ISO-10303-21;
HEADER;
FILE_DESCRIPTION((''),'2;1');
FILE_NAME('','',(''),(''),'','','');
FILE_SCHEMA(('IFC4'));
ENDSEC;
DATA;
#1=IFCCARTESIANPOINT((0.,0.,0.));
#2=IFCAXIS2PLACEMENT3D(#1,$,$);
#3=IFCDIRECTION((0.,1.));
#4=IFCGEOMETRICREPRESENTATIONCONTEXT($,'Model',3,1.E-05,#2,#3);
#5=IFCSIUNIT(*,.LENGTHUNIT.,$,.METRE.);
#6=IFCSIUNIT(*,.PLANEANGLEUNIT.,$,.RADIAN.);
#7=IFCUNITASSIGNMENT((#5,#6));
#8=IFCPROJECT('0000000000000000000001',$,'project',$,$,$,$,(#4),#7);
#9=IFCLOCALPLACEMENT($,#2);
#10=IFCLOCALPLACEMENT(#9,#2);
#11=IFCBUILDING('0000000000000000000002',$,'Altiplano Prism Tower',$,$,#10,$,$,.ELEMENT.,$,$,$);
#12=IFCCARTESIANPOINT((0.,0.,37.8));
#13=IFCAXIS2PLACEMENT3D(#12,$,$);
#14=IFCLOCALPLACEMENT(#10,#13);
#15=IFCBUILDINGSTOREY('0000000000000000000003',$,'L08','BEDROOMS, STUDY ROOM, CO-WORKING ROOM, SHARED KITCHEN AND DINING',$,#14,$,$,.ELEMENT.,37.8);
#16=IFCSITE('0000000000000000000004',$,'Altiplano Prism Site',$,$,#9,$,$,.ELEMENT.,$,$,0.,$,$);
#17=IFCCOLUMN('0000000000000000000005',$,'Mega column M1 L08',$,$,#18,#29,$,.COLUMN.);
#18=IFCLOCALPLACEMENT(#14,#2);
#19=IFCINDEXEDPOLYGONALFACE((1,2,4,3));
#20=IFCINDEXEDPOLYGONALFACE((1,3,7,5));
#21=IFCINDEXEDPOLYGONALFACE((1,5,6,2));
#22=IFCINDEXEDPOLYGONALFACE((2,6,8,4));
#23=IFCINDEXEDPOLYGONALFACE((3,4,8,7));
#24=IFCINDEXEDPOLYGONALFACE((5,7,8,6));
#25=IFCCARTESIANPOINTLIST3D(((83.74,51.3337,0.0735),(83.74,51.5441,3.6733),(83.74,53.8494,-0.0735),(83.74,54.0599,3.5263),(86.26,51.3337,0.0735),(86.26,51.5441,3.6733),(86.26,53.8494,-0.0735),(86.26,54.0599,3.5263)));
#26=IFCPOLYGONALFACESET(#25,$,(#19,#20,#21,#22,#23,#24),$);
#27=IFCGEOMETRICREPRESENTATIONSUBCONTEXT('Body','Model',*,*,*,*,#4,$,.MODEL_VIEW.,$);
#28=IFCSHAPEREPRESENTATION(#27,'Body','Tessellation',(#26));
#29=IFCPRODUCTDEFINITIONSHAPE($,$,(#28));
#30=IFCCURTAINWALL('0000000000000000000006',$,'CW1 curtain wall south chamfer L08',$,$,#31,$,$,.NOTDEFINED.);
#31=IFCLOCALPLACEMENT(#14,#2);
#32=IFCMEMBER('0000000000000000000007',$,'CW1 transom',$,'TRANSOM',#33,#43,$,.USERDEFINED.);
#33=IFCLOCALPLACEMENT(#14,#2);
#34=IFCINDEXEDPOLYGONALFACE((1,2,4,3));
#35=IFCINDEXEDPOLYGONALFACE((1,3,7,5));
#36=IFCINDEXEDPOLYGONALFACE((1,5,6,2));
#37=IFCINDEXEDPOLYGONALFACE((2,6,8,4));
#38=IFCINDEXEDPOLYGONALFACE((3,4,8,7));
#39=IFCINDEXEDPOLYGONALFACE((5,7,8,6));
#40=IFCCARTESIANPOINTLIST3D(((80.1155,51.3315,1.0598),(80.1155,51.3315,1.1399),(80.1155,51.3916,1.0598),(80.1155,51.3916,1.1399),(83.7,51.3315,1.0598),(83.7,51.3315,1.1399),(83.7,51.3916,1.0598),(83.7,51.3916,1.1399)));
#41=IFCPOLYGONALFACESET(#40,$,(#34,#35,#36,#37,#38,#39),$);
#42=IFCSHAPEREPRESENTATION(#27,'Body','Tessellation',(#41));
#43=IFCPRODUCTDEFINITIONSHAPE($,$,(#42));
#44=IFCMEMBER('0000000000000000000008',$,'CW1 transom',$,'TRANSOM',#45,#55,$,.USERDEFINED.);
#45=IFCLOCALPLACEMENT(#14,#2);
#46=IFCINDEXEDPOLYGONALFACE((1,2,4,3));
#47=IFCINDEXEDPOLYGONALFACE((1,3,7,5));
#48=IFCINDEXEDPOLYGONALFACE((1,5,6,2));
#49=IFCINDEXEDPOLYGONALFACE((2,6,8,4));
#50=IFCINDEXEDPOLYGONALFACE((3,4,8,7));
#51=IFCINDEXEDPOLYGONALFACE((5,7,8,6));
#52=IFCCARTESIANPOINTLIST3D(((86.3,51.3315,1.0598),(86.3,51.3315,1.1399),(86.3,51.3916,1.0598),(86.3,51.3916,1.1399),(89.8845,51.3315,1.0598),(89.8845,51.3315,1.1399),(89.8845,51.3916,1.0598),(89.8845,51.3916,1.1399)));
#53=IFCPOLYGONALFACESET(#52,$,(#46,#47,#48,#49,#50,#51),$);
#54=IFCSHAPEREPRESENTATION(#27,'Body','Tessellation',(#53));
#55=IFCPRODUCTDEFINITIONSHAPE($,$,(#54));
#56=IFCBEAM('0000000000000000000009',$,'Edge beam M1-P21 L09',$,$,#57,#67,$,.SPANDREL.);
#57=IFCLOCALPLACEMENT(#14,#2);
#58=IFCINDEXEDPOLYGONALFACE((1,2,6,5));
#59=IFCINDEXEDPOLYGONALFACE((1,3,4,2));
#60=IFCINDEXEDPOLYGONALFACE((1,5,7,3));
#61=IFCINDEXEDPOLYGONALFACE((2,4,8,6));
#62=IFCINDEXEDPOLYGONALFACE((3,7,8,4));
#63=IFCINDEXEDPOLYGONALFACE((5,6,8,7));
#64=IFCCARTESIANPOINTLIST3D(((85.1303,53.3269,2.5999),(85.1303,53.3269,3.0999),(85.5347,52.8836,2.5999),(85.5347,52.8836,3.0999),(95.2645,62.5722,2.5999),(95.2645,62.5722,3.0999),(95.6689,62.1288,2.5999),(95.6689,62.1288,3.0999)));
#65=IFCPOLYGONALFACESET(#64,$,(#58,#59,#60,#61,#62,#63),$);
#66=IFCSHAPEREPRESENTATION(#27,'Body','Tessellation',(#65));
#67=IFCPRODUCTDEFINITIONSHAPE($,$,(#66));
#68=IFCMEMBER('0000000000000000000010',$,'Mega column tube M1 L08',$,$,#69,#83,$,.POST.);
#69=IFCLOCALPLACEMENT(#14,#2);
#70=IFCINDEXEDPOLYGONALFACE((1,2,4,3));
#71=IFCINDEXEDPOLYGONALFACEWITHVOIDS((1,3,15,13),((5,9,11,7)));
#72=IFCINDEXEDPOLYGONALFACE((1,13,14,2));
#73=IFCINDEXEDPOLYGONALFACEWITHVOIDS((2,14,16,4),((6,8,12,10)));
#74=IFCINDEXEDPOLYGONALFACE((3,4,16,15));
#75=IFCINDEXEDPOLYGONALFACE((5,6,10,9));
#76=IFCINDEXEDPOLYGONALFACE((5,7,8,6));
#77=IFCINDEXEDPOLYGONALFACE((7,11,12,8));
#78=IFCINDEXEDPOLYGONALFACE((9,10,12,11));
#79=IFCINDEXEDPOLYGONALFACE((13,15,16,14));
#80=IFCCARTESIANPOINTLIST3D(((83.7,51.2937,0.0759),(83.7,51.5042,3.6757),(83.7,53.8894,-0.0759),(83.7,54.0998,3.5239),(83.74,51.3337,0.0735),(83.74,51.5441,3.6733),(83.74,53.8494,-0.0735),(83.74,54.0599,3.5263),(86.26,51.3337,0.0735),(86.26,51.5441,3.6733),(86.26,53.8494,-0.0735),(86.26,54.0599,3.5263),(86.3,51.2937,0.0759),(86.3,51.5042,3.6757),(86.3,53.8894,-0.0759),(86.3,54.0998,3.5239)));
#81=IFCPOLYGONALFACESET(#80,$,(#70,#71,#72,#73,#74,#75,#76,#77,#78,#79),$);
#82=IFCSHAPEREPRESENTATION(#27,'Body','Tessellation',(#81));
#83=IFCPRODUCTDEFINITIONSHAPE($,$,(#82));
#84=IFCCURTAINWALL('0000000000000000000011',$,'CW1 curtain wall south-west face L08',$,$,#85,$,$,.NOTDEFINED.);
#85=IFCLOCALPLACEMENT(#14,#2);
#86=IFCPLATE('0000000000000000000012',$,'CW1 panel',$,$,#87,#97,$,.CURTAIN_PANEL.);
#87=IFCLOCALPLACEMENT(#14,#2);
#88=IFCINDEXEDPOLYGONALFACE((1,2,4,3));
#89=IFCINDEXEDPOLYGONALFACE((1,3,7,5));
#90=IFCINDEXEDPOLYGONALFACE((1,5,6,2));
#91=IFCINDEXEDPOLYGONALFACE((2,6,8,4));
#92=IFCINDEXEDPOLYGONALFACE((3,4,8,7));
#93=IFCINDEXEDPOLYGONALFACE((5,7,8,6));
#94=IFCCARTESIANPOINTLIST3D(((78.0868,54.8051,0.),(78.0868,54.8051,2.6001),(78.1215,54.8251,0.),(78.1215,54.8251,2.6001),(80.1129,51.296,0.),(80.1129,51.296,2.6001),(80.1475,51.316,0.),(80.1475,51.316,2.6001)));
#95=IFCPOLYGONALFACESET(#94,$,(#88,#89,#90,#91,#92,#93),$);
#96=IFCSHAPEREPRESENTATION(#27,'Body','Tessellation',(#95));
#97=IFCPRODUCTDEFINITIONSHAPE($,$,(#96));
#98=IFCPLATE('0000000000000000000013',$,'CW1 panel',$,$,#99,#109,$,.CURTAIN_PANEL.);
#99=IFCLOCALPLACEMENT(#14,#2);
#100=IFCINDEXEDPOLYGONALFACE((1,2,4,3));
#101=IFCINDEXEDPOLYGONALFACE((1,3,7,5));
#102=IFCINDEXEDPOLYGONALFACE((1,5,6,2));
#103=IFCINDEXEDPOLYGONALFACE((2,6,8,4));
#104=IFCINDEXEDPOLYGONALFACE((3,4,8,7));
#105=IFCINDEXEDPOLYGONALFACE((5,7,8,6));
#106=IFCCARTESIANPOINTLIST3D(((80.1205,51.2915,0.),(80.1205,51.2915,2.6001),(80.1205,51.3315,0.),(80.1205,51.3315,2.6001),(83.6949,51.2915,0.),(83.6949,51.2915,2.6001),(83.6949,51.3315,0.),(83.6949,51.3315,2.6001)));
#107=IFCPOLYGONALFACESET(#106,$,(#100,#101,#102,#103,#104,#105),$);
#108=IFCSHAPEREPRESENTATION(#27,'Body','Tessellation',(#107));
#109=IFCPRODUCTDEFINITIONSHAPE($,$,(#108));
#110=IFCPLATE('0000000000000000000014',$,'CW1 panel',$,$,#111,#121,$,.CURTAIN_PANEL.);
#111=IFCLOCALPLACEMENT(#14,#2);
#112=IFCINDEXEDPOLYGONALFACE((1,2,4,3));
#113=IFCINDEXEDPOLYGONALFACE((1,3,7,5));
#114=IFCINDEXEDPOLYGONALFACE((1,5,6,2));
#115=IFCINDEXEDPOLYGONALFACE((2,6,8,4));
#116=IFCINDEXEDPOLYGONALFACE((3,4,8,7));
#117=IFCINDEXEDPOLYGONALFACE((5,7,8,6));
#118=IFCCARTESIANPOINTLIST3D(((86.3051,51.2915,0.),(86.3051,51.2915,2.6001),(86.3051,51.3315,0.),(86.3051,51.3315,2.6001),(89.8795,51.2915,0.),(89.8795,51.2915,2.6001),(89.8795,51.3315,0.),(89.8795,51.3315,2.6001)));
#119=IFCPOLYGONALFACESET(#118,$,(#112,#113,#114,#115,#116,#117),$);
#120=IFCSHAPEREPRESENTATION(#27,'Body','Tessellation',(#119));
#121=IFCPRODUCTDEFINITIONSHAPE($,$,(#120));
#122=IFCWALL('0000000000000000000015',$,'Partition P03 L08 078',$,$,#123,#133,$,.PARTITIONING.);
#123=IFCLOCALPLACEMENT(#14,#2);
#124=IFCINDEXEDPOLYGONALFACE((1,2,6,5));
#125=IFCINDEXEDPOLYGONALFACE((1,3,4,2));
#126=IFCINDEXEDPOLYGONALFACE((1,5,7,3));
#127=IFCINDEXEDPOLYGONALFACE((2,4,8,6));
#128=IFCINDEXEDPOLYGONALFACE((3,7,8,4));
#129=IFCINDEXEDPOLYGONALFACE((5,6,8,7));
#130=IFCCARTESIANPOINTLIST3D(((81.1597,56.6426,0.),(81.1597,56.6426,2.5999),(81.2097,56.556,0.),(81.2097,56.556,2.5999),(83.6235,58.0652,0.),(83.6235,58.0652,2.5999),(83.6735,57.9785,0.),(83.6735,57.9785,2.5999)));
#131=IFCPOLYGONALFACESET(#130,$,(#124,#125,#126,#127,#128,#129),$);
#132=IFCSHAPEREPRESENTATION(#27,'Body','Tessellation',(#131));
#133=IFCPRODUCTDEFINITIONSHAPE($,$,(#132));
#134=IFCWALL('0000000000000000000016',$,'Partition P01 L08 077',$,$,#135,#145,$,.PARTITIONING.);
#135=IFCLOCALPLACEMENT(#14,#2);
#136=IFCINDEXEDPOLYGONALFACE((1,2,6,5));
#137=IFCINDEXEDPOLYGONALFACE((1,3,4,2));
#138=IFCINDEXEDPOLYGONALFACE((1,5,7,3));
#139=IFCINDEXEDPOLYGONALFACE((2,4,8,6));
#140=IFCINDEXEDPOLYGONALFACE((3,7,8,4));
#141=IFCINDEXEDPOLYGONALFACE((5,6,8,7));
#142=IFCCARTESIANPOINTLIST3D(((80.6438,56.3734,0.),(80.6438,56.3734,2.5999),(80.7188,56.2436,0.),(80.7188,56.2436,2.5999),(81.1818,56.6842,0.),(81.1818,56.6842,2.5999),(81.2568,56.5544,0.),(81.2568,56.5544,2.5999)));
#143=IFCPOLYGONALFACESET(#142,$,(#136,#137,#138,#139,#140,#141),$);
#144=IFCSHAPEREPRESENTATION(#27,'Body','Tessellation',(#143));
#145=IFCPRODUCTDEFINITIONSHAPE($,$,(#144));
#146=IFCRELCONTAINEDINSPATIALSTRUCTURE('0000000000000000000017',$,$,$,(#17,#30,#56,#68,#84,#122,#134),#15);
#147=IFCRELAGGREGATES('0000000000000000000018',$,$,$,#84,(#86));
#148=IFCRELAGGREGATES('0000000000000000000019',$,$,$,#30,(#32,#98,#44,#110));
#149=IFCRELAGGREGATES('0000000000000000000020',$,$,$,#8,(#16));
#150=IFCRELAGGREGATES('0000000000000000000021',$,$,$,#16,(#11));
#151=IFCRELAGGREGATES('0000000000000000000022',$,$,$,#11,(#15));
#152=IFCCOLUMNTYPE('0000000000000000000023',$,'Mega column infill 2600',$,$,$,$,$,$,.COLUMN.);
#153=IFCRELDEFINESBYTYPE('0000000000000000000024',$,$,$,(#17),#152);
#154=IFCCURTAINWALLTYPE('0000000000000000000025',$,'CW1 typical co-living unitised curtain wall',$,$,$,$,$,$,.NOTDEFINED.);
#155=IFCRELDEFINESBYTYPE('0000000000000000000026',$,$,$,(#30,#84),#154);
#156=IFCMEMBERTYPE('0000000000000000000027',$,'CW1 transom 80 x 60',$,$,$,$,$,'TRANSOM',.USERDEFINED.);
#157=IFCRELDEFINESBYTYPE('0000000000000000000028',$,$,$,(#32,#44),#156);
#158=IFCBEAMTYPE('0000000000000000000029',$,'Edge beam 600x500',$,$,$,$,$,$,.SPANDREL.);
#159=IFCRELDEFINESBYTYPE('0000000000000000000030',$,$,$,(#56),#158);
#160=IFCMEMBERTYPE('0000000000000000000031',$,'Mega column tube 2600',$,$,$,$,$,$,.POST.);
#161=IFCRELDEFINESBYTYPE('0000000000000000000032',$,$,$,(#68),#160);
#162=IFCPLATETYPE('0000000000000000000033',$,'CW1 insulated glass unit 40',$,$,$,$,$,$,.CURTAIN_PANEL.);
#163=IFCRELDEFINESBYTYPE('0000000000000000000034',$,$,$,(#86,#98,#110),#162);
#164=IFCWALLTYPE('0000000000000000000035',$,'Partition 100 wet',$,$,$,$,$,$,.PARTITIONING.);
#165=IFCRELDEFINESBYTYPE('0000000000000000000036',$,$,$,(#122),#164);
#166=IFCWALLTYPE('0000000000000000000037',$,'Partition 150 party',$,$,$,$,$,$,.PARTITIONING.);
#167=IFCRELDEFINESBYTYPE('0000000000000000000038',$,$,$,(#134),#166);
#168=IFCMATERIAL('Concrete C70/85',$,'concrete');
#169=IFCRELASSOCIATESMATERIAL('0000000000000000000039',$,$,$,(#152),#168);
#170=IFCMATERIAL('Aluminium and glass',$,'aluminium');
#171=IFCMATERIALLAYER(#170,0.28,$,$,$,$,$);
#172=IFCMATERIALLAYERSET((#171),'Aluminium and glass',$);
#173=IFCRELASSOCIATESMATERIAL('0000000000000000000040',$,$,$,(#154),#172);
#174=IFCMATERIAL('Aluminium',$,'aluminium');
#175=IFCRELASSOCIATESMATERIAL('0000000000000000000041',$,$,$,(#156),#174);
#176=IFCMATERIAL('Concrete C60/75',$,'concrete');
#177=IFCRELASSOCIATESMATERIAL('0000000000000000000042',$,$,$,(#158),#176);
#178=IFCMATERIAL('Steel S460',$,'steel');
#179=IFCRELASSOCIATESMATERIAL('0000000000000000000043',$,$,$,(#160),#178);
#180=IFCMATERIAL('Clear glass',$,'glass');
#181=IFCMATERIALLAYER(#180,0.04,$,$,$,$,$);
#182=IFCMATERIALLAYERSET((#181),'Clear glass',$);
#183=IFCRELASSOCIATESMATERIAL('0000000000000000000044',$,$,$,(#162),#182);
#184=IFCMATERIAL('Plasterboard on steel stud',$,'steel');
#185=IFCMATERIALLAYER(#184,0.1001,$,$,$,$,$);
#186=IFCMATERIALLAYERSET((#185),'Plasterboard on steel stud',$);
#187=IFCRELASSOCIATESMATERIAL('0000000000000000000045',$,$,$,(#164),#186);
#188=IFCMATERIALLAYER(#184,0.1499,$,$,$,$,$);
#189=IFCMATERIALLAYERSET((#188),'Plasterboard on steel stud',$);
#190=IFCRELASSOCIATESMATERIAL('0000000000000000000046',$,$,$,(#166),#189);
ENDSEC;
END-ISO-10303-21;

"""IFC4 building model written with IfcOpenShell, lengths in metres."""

from ifc_helpers import new_model, si_unit, direction, frame, frame_2d, origin, origin_2d, place, context, subcontext, project, spatial, rectangle, hollow_rectangle, extrude, material, layer, layer_set, material_profile, profile_set, type_object, element, aggregate, save


model = new_model("IFC4")

# Units and contexts
model_context = context("Model", 3, precision=1e-05, world=origin(), true_north=direction((0.0, 1.0)))
body_context = subcontext(model_context, "Body", "Model", "MODEL_VIEW")
ifc_project = project(units=[si_unit("LENGTHUNIT", "METRE"), si_unit("PLANEANGLEUNIT", "RADIAN")], contexts=[model_context])

# Site, building, storey
site_placement = place(None, origin())
site = spatial("IfcSite", under=ifc_project, at=site_placement, Name="Altiplano Prism Site", CompositionType="ELEMENT", RefElevation=0.0)
building_placement = place(site_placement, origin())
building = spatial("IfcBuilding", under=site, at=building_placement, Name="Altiplano Prism Tower", CompositionType="ELEMENT")
storey_placement = place(building_placement, frame((0.0, 0.0, 37.8)))
storey = spatial("IfcBuildingStorey", under=building, at=storey_placement, Name="L08", Description="BEDROOMS, STUDY ROOM, CO-WORKING ROOM, SHARED KITCHEN AND DINING", CompositionType="ELEMENT", Elevation=37.8)

# Column
ifc_material_1 = material(Name="Concrete C70/85", Category="concrete")
ifc_material_profile_1 = material_profile(ifc_material_1, rectangle(XDim=2.52, YDim=2.52, at=origin_2d()), Name="Mega column infill 2600")
ifc_profile_set_1 = profile_set([ifc_material_profile_1], Name="Concrete C70/85")
column_type = type_object("IfcColumnType", Name="Mega column infill 2600", PredefinedType="COLUMN", material=ifc_profile_set_1)
column_placement = place(storey_placement, frame((85.0, 52.5916, 0.0), z_axis=(0.0, 0.058361, 0.998296), x_axis=(-1.0, 0.0, 0.0)))
element("IfcColumn", 1, at=column_placement, inside=storey, type_object=column_type, Name="Mega column M1 L08", PredefinedType="COLUMN", context=body_context, shape_type="SweptSolid", body=[
    extrude(rectangle(XDim=2.52, YDim=2.52, at=origin_2d()), origin(), (0.0, 0.0, 1.0), 3.606),
])

# Curtain wall, members
ifc_material_2 = material(Name="Aluminium and glass", Category="aluminium")
ifc_layer_1 = layer(ifc_material_2, 0.28)
ifc_layer_set_1 = layer_set([ifc_layer_1], Name="Aluminium and glass")
curtain_wall_type = type_object("IfcCurtainWallType", Name="CW1 typical co-living unitised curtain wall", PredefinedType="NOTDEFINED", material=ifc_layer_set_1)
curtain_wall_1_placement = place(storey_placement, origin())
curtain_wall_1 = element("IfcCurtainWall", 2, at=curtain_wall_1_placement, inside=storey, type_object=curtain_wall_type, Name="CW1 curtain wall south chamfer L08", PredefinedType="NOTDEFINED")
ifc_material_3 = material(Name="Aluminium", Category="aluminium")
ifc_material_profile_2 = material_profile(ifc_material_3, rectangle(XDim=0.0601, YDim=0.0801, at=origin_2d()), Name="CW1 transom 80 x 60")
ifc_profile_set_2 = profile_set([ifc_material_profile_2], Name="Aluminium")
member_type_1 = type_object("IfcMemberType", Name="CW1 transom 80 x 60", ElementType="TRANSOM", PredefinedType="USERDEFINED", material=ifc_profile_set_2)
member_1_placement = place(storey_placement, frame((80.1155, 51.3616, 1.0999), z_axis=(1.0, 0.0, 0.0), x_axis=(0.0, 1.0, 0.0)))
member_1 = element("IfcMember", 3, at=member_1_placement, type_object=member_type_1, Name="CW1 transom", ObjectType="TRANSOM", PredefinedType="USERDEFINED", context=body_context, shape_type="SweptSolid", body=[
    extrude(rectangle(XDim=0.0601, YDim=0.0801, at=origin_2d()), origin(), (0.0, 0.0, 1.0), 3.5845),
])
member_2_placement = place(storey_placement, frame((86.3, 51.3616, 1.0999), z_axis=(1.0, 0.0, 0.0), x_axis=(0.0, 1.0, 0.0)))
member_2 = element("IfcMember", 4, at=member_2_placement, type_object=member_type_1, Name="CW1 transom", ObjectType="TRANSOM", PredefinedType="USERDEFINED", context=body_context, shape_type="SweptSolid", body=[
    extrude(rectangle(XDim=0.0601, YDim=0.0801, at=origin_2d()), origin(), (0.0, 0.0, 1.0), 3.5845),
])

# Beam
ifc_material_4 = material(Name="Concrete C60/75", Category="concrete")
ifc_material_profile_3 = material_profile(ifc_material_4, rectangle(XDim=0.6001, YDim=0.5, at=origin_2d()), Name="Edge beam 600x500")
ifc_profile_set_3 = profile_set([ifc_material_profile_3], Name="Concrete C60/75")
beam_type = type_object("IfcBeamType", Name="Edge beam 600x500", PredefinedType="SPANDREL", material=ifc_profile_set_3)
beam_placement = place(storey_placement, frame((85.3325, 53.1052, 2.8499), z_axis=(0.738764, 0.673964, 0.0), x_axis=(-0.673964, 0.738764, 0.0)))
element("IfcBeam", 5, at=beam_placement, inside=storey, type_object=beam_type, Name="Edge beam M1-P21 L09", PredefinedType="SPANDREL", context=body_context, shape_type="SweptSolid", body=[
    extrude(rectangle(XDim=0.6001, YDim=0.5, at=origin_2d()), origin(), (0.0, 0.0, 1.0), 13.7178),
])

# Member
ifc_material_5 = material(Name="Steel S460", Category="steel")
ifc_material_profile_4 = material_profile(ifc_material_5, hollow_rectangle(XDim=2.6001, YDim=2.6001, WallThickness=0.04, at=origin_2d()), Name="Mega column tube 2600")
ifc_profile_set_4 = profile_set([ifc_material_profile_4], Name="Steel S460")
member_type_2 = type_object("IfcMemberType", Name="Mega column tube 2600", PredefinedType="POST", material=ifc_profile_set_4)
member_3_placement = place(storey_placement, frame((85.0, 52.5916, 0.0), z_axis=(0.0, 0.058361, 0.998296), x_axis=(-1.0, 0.0, 0.0)))
element("IfcMember", 6, at=member_3_placement, inside=storey, type_object=member_type_2, Name="Mega column tube M1 L08", PredefinedType="POST", context=body_context, shape_type="SweptSolid", body=[
    extrude(hollow_rectangle(XDim=2.6001, YDim=2.6001, WallThickness=0.04, at=origin_2d()), origin(), (0.0, 0.0, 1.0), 3.606),
])

# Curtain wall, plate
curtain_wall_2_placement = place(storey_placement, origin())
curtain_wall_2 = element("IfcCurtainWall", 7, at=curtain_wall_2_placement, inside=storey, type_object=curtain_wall_type, Name="CW1 curtain wall south-west face L08", PredefinedType="NOTDEFINED")
ifc_material_6 = material(Name="Clear glass", Category="glass")
ifc_layer_2 = layer(ifc_material_6, 0.04)
ifc_layer_set_2 = layer_set([ifc_layer_2], Name="Clear glass")
plate_type = type_object("IfcPlateType", Name="CW1 insulated glass unit 40", PredefinedType="CURTAIN_PANEL", material=ifc_layer_set_2)
plate_1_placement = place(storey_placement, frame((79.1172, 53.0605, 0.0), z_axis=(0.0, 0.0, 1.0), x_axis=(0.5, -0.866025, 0.0)))
plate_1 = element("IfcPlate", 8, at=plate_1_placement, type_object=plate_type, Name="CW1 panel", PredefinedType="CURTAIN_PANEL", context=body_context, shape_type="SweptSolid", body=[
    extrude(rectangle(XDim=4.052, YDim=0.04, at=origin_2d()), origin(), (0.0, 0.0, 1.0), 2.6001),
])
aggregate(curtain_wall_2, [plate_1])

# Plates
plate_2_placement = place(storey_placement, frame((81.9077, 51.3115, 0.0), z_axis=(0.0, 0.0, 1.0), x_axis=(1.0, 0.0, 0.0)))
plate_2 = element("IfcPlate", 9, at=plate_2_placement, type_object=plate_type, Name="CW1 panel", PredefinedType="CURTAIN_PANEL", context=body_context, shape_type="SweptSolid", body=[
    extrude(rectangle(XDim=3.5745, YDim=0.04, at=origin_2d()), origin(), (0.0, 0.0, 1.0), 2.6001),
])
plate_3_placement = place(storey_placement, frame((88.0923, 51.3115, 0.0), z_axis=(0.0, 0.0, 1.0), x_axis=(1.0, 0.0, 0.0)))
plate_3 = element("IfcPlate", 10, at=plate_3_placement, type_object=plate_type, Name="CW1 panel", PredefinedType="CURTAIN_PANEL", context=body_context, shape_type="SweptSolid", body=[
    extrude(rectangle(XDim=3.5745, YDim=0.04, at=origin_2d()), origin(), (0.0, 0.0, 1.0), 2.6001),
])
aggregate(curtain_wall_1, [member_1, plate_2, member_2, plate_3])

# Walls
ifc_material_7 = material(Name="Plasterboard on steel stud", Category="steel")
ifc_layer_3 = layer(ifc_material_7, 0.1001)
ifc_layer_set_3 = layer_set([ifc_layer_3], Name="Plasterboard on steel stud")
wall_type_1 = type_object("IfcWallType", Name="Partition 100 wet", PredefinedType="PARTITIONING", material=ifc_layer_set_3)
wall_1_placement = place(storey_placement, frame((81.1848, 56.5994, 0.0), z_axis=(0.0, 0.0, 1.0), x_axis=(0.866011, 0.500025, 0.0)))
element("IfcWall", 11, at=wall_1_placement, inside=storey, type_object=wall_type_1, Name="Partition P03 L08 078", PredefinedType="PARTITIONING", context=body_context, shape_type="SweptSolid", body=[
    extrude(rectangle(XDim=2.845, YDim=0.1001, at=frame_2d((1.4224, 0.0))), origin(), (0.0, 0.0, 1.0), 2.5999),
])
ifc_layer_4 = layer(ifc_material_7, 0.1499)
ifc_layer_set_4 = layer_set([ifc_layer_4], Name="Plasterboard on steel stud")
wall_type_2 = type_object("IfcWallType", Name="Partition 150 party", PredefinedType="PARTITIONING", material=ifc_layer_set_4)
wall_2_placement = place(storey_placement, frame((80.6814, 56.3086, 0.0), z_axis=(0.0, 0.0, 1.0), x_axis=(0.865937, 0.500153, 0.0)))
element("IfcWall", 12, at=wall_2_placement, inside=storey, type_object=wall_type_2, Name="Partition P01 L08 077", PredefinedType="PARTITIONING", context=body_context, shape_type="SweptSolid", body=[
    extrude(rectangle(XDim=0.6213, YDim=0.1499, at=frame_2d((0.3105, 0.0))), origin(), (0.0, 0.0, 1.0), 2.5999),
])

save(model, "model.ifc")
